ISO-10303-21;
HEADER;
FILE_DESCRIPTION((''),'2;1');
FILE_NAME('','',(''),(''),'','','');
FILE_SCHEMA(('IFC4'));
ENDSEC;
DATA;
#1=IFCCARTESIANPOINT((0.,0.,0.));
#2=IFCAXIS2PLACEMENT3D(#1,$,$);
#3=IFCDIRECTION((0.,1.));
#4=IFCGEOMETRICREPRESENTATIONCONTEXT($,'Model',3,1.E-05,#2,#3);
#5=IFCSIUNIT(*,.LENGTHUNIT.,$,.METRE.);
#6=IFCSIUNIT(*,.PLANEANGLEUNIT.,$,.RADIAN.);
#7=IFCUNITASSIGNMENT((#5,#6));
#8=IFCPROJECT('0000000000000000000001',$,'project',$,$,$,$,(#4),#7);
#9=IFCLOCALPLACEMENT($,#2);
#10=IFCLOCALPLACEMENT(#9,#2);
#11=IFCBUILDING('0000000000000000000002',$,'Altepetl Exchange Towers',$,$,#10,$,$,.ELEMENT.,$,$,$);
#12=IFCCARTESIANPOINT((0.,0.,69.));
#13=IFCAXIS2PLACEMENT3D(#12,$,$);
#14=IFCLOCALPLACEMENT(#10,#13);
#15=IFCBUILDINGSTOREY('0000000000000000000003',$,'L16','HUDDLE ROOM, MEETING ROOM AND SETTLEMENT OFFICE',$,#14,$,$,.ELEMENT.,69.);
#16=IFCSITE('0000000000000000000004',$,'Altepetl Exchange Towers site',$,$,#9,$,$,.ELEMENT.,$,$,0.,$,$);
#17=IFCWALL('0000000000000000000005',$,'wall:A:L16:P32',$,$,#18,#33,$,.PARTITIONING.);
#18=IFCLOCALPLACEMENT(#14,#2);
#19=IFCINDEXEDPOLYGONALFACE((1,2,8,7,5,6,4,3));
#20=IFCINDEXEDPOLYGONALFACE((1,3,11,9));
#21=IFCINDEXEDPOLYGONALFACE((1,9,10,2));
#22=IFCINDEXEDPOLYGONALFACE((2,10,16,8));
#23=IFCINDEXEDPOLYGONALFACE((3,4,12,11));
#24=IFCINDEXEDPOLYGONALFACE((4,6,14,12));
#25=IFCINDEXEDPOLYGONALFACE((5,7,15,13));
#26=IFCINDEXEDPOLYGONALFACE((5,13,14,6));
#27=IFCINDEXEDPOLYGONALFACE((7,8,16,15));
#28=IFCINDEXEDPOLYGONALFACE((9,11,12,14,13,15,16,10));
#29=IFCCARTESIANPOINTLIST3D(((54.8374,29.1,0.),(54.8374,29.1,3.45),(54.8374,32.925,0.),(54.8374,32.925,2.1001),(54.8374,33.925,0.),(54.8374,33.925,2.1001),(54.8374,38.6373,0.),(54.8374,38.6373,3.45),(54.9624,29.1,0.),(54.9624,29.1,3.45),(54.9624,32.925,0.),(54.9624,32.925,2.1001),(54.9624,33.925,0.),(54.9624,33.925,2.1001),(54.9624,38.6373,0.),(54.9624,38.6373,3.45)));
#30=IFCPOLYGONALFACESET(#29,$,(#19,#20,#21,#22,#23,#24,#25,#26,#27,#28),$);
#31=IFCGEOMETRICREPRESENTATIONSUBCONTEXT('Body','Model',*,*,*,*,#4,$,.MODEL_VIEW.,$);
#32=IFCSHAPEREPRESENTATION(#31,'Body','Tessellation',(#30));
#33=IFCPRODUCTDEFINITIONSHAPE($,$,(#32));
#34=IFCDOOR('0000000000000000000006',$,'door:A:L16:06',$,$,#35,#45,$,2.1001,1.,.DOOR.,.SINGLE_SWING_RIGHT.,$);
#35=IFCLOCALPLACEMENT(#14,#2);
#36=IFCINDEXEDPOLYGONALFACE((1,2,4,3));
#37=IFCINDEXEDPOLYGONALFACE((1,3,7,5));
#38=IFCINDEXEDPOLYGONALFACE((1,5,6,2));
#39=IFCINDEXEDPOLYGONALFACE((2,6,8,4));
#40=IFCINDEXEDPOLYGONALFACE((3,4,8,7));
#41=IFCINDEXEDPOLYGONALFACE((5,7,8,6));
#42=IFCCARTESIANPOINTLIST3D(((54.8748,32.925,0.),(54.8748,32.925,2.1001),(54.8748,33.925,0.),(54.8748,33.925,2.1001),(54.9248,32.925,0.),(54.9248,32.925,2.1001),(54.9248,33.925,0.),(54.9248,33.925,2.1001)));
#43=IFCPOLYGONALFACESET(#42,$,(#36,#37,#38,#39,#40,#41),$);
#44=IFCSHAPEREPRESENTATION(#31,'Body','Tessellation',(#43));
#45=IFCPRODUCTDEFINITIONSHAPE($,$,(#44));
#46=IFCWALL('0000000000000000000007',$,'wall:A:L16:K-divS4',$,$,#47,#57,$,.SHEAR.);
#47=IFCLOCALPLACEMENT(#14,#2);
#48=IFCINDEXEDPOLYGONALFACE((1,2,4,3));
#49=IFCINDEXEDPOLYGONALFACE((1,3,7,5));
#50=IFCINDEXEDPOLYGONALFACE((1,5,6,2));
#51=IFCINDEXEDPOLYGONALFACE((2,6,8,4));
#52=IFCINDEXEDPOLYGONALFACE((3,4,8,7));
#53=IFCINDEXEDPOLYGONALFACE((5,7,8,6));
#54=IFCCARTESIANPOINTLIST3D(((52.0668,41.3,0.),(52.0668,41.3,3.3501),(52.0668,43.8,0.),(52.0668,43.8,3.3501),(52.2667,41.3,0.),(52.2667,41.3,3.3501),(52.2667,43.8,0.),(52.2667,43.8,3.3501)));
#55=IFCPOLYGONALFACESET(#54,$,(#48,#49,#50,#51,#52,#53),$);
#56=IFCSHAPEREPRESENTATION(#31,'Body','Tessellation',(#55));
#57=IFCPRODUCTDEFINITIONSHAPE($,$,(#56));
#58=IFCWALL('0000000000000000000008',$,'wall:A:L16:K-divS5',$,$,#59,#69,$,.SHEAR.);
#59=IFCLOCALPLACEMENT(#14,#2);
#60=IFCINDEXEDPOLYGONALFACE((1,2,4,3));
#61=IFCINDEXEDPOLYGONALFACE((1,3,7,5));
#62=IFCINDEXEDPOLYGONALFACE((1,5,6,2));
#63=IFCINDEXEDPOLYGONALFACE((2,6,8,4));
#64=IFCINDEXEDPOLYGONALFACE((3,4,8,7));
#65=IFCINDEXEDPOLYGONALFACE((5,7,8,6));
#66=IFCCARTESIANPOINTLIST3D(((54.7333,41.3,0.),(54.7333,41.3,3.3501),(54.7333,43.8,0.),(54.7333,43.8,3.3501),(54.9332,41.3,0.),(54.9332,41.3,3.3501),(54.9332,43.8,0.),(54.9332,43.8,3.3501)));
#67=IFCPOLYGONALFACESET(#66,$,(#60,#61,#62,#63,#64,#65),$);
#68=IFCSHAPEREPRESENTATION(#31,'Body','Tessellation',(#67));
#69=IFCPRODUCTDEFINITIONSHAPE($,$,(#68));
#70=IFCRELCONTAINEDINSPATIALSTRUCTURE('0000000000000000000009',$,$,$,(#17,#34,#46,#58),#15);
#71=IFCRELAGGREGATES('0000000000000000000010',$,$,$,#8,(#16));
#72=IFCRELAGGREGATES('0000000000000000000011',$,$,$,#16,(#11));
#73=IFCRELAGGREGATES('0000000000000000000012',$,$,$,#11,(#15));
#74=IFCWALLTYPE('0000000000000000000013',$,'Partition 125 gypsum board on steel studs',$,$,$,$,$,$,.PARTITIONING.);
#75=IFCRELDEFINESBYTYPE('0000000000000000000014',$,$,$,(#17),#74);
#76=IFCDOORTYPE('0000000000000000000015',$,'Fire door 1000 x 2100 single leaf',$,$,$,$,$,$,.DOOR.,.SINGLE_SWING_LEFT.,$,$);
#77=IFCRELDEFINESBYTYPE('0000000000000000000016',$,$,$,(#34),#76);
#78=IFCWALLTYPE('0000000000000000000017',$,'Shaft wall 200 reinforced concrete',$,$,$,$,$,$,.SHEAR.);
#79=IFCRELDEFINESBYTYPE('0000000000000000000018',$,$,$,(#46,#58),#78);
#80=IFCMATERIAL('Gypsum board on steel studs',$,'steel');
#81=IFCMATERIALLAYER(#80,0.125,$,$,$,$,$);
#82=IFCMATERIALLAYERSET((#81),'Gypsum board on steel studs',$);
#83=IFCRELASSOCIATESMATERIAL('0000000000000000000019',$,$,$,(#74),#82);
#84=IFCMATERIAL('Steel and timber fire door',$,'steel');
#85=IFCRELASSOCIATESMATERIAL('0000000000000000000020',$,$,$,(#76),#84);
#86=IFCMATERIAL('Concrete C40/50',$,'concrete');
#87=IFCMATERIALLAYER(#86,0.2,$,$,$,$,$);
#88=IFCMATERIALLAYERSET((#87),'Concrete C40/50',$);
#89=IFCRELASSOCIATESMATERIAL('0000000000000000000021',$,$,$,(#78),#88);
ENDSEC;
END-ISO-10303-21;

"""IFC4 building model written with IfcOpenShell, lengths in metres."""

from ifc_helpers import new_model, si_unit, direction, frame, frame_2d, origin, place, context, subcontext, project, spatial, rectangle, extrude, material, layer, layer_set, type_object, element, fill, save


model = new_model("IFC4")

# Units and contexts
model_context = context("Model", 3, precision=1e-05, world=origin(), true_north=direction((0.0, 1.0)))
body_context = subcontext(model_context, "Body", "Model", "MODEL_VIEW")
ifc_project = project(units=[si_unit("LENGTHUNIT", "METRE"), si_unit("PLANEANGLEUNIT", "RADIAN")], contexts=[model_context])

# Site, building, storey
site_placement = place(None, origin())
site = spatial("IfcSite", under=ifc_project, at=site_placement, Name="Altepetl Exchange Towers site", CompositionType="ELEMENT", RefElevation=0.0)
building_placement = place(site_placement, origin())
building = spatial("IfcBuilding", under=site, at=building_placement, Name="Altepetl Exchange Towers", CompositionType="ELEMENT")
storey_placement = place(building_placement, frame((0.0, 0.0, 69.0)))
storey = spatial("IfcBuildingStorey", under=building, at=storey_placement, Name="L16", Description="HUDDLE ROOM, MEETING ROOM AND SETTLEMENT OFFICE", CompositionType="ELEMENT", Elevation=69.0)

# Shared definitions
ifc_material_1 = material(Name="Steel and timber fire door", Category="steel")

# Shared definitions
ifc_material_2 = material(Name="Gypsum board on steel studs", Category="steel")
ifc_layer_1 = layer(ifc_material_2, 0.125)
ifc_layer_set_1 = layer_set([ifc_layer_1], Name="Gypsum board on steel studs")
wall_type_1 = type_object("IfcWallType", Name="Partition 125 gypsum board on steel studs", PredefinedType="PARTITIONING", material=ifc_layer_set_1)

# Wall, opening, door
door_type_1 = type_object("IfcDoorType", Name="Fire door 1000 x 2100 single leaf", OperationType="SINGLE_SWING_LEFT", PredefinedType="DOOR", material=ifc_material_1)
wall_1_placement = place(storey_placement, frame((54.8999, 29.1001, 0.0), z_axis=(0.0, 0.0, 1.0), x_axis=(0.0, 1.0, 0.0)))
wall_1 = element("IfcWall", 1, at=wall_1_placement, inside=storey, type_object=wall_type_1, Name="wall:A:L16:P32", PredefinedType="PARTITIONING", context=body_context, shape_type="SweptSolid", body=[
    extrude(rectangle(XDim=9.5374, YDim=0.125, at=frame_2d((4.7686, 0.0))), origin(), (0.0, 0.0, 1.0), 3.45),
])
opening_1_placement = place(wall_1_placement, frame((3.825, 0.0, 0.0)))
opening_1 = element("IfcOpeningElement", 2, at=opening_1_placement, cuts=wall_1, PredefinedType="OPENING", context=body_context, shape_type="SweptSolid", body=[
    extrude(rectangle(XDim=1.0, YDim=2.1001, at=frame_2d((0.5, 1.05))), frame((0.0, 0.0725, 0.0), z_axis=(0.0, -1.0, 0.0), x_axis=(1.0, 0.0, 0.0)), (0.0, 0.0, 1.0), 0.145),
])
door_1_placement = place(opening_1_placement, frame((1.0, 0.0, 0.0), x_axis=(-1.0, 0.0, 0.0)))
door_1 = element("IfcDoor", 3, at=door_1_placement, inside=storey, type_object=door_type_1, Name="door:A:L16:06", OperationType="SINGLE_SWING_RIGHT", OverallHeight=2.1001, OverallWidth=1.0, PredefinedType="DOOR", context=body_context, shape_type="SweptSolid", body=[
    extrude(rectangle(XDim=1.0, YDim=2.1001, at=frame_2d((0.5, 1.05))), frame((0.0, 0.0249, 0.0), z_axis=(0.0, -1.0, 0.0), x_axis=(1.0, 0.0, 0.0)), (0.0, 0.0, 1.0), 0.05),
])
fill(opening_1, door_1)

# Walls
ifc_material_3 = material(Name="Concrete C40/50", Category="concrete")
ifc_layer_2 = layer(ifc_material_3, 0.2)
ifc_layer_set_2 = layer_set([ifc_layer_2], Name="Concrete C40/50")
wall_type_2 = type_object("IfcWallType", Name="Shaft wall 200 reinforced concrete", PredefinedType="SHEAR", material=ifc_layer_set_2)
for number, where, z_axis, x_axis, name in (
    (4, (52.1667, 41.3, 0.0), (0.0, 0.0, 1.0), (0.0, 1.0, 0.0), "wall:A:L16:K-divS4"),
    (5, (54.8333, 41.3, 0.0), (0.0, 0.0, 1.0), (0.0, 1.0, 0.0), "wall:A:L16:K-divS5"),
):
    element("IfcWall", number, at=place(storey_placement, frame(where, z_axis=z_axis, x_axis=x_axis)), inside=storey, type_object=wall_type_2, Name=name, PredefinedType="SHEAR", context=body_context, shape_type="SweptSolid", body=[
        extrude(rectangle(XDim=2.5, YDim=0.2, at=frame_2d((1.25, 0.0))), origin(), (0.0, 0.0, 1.0), 3.3501),
    ])

save(model, "model.ifc")
